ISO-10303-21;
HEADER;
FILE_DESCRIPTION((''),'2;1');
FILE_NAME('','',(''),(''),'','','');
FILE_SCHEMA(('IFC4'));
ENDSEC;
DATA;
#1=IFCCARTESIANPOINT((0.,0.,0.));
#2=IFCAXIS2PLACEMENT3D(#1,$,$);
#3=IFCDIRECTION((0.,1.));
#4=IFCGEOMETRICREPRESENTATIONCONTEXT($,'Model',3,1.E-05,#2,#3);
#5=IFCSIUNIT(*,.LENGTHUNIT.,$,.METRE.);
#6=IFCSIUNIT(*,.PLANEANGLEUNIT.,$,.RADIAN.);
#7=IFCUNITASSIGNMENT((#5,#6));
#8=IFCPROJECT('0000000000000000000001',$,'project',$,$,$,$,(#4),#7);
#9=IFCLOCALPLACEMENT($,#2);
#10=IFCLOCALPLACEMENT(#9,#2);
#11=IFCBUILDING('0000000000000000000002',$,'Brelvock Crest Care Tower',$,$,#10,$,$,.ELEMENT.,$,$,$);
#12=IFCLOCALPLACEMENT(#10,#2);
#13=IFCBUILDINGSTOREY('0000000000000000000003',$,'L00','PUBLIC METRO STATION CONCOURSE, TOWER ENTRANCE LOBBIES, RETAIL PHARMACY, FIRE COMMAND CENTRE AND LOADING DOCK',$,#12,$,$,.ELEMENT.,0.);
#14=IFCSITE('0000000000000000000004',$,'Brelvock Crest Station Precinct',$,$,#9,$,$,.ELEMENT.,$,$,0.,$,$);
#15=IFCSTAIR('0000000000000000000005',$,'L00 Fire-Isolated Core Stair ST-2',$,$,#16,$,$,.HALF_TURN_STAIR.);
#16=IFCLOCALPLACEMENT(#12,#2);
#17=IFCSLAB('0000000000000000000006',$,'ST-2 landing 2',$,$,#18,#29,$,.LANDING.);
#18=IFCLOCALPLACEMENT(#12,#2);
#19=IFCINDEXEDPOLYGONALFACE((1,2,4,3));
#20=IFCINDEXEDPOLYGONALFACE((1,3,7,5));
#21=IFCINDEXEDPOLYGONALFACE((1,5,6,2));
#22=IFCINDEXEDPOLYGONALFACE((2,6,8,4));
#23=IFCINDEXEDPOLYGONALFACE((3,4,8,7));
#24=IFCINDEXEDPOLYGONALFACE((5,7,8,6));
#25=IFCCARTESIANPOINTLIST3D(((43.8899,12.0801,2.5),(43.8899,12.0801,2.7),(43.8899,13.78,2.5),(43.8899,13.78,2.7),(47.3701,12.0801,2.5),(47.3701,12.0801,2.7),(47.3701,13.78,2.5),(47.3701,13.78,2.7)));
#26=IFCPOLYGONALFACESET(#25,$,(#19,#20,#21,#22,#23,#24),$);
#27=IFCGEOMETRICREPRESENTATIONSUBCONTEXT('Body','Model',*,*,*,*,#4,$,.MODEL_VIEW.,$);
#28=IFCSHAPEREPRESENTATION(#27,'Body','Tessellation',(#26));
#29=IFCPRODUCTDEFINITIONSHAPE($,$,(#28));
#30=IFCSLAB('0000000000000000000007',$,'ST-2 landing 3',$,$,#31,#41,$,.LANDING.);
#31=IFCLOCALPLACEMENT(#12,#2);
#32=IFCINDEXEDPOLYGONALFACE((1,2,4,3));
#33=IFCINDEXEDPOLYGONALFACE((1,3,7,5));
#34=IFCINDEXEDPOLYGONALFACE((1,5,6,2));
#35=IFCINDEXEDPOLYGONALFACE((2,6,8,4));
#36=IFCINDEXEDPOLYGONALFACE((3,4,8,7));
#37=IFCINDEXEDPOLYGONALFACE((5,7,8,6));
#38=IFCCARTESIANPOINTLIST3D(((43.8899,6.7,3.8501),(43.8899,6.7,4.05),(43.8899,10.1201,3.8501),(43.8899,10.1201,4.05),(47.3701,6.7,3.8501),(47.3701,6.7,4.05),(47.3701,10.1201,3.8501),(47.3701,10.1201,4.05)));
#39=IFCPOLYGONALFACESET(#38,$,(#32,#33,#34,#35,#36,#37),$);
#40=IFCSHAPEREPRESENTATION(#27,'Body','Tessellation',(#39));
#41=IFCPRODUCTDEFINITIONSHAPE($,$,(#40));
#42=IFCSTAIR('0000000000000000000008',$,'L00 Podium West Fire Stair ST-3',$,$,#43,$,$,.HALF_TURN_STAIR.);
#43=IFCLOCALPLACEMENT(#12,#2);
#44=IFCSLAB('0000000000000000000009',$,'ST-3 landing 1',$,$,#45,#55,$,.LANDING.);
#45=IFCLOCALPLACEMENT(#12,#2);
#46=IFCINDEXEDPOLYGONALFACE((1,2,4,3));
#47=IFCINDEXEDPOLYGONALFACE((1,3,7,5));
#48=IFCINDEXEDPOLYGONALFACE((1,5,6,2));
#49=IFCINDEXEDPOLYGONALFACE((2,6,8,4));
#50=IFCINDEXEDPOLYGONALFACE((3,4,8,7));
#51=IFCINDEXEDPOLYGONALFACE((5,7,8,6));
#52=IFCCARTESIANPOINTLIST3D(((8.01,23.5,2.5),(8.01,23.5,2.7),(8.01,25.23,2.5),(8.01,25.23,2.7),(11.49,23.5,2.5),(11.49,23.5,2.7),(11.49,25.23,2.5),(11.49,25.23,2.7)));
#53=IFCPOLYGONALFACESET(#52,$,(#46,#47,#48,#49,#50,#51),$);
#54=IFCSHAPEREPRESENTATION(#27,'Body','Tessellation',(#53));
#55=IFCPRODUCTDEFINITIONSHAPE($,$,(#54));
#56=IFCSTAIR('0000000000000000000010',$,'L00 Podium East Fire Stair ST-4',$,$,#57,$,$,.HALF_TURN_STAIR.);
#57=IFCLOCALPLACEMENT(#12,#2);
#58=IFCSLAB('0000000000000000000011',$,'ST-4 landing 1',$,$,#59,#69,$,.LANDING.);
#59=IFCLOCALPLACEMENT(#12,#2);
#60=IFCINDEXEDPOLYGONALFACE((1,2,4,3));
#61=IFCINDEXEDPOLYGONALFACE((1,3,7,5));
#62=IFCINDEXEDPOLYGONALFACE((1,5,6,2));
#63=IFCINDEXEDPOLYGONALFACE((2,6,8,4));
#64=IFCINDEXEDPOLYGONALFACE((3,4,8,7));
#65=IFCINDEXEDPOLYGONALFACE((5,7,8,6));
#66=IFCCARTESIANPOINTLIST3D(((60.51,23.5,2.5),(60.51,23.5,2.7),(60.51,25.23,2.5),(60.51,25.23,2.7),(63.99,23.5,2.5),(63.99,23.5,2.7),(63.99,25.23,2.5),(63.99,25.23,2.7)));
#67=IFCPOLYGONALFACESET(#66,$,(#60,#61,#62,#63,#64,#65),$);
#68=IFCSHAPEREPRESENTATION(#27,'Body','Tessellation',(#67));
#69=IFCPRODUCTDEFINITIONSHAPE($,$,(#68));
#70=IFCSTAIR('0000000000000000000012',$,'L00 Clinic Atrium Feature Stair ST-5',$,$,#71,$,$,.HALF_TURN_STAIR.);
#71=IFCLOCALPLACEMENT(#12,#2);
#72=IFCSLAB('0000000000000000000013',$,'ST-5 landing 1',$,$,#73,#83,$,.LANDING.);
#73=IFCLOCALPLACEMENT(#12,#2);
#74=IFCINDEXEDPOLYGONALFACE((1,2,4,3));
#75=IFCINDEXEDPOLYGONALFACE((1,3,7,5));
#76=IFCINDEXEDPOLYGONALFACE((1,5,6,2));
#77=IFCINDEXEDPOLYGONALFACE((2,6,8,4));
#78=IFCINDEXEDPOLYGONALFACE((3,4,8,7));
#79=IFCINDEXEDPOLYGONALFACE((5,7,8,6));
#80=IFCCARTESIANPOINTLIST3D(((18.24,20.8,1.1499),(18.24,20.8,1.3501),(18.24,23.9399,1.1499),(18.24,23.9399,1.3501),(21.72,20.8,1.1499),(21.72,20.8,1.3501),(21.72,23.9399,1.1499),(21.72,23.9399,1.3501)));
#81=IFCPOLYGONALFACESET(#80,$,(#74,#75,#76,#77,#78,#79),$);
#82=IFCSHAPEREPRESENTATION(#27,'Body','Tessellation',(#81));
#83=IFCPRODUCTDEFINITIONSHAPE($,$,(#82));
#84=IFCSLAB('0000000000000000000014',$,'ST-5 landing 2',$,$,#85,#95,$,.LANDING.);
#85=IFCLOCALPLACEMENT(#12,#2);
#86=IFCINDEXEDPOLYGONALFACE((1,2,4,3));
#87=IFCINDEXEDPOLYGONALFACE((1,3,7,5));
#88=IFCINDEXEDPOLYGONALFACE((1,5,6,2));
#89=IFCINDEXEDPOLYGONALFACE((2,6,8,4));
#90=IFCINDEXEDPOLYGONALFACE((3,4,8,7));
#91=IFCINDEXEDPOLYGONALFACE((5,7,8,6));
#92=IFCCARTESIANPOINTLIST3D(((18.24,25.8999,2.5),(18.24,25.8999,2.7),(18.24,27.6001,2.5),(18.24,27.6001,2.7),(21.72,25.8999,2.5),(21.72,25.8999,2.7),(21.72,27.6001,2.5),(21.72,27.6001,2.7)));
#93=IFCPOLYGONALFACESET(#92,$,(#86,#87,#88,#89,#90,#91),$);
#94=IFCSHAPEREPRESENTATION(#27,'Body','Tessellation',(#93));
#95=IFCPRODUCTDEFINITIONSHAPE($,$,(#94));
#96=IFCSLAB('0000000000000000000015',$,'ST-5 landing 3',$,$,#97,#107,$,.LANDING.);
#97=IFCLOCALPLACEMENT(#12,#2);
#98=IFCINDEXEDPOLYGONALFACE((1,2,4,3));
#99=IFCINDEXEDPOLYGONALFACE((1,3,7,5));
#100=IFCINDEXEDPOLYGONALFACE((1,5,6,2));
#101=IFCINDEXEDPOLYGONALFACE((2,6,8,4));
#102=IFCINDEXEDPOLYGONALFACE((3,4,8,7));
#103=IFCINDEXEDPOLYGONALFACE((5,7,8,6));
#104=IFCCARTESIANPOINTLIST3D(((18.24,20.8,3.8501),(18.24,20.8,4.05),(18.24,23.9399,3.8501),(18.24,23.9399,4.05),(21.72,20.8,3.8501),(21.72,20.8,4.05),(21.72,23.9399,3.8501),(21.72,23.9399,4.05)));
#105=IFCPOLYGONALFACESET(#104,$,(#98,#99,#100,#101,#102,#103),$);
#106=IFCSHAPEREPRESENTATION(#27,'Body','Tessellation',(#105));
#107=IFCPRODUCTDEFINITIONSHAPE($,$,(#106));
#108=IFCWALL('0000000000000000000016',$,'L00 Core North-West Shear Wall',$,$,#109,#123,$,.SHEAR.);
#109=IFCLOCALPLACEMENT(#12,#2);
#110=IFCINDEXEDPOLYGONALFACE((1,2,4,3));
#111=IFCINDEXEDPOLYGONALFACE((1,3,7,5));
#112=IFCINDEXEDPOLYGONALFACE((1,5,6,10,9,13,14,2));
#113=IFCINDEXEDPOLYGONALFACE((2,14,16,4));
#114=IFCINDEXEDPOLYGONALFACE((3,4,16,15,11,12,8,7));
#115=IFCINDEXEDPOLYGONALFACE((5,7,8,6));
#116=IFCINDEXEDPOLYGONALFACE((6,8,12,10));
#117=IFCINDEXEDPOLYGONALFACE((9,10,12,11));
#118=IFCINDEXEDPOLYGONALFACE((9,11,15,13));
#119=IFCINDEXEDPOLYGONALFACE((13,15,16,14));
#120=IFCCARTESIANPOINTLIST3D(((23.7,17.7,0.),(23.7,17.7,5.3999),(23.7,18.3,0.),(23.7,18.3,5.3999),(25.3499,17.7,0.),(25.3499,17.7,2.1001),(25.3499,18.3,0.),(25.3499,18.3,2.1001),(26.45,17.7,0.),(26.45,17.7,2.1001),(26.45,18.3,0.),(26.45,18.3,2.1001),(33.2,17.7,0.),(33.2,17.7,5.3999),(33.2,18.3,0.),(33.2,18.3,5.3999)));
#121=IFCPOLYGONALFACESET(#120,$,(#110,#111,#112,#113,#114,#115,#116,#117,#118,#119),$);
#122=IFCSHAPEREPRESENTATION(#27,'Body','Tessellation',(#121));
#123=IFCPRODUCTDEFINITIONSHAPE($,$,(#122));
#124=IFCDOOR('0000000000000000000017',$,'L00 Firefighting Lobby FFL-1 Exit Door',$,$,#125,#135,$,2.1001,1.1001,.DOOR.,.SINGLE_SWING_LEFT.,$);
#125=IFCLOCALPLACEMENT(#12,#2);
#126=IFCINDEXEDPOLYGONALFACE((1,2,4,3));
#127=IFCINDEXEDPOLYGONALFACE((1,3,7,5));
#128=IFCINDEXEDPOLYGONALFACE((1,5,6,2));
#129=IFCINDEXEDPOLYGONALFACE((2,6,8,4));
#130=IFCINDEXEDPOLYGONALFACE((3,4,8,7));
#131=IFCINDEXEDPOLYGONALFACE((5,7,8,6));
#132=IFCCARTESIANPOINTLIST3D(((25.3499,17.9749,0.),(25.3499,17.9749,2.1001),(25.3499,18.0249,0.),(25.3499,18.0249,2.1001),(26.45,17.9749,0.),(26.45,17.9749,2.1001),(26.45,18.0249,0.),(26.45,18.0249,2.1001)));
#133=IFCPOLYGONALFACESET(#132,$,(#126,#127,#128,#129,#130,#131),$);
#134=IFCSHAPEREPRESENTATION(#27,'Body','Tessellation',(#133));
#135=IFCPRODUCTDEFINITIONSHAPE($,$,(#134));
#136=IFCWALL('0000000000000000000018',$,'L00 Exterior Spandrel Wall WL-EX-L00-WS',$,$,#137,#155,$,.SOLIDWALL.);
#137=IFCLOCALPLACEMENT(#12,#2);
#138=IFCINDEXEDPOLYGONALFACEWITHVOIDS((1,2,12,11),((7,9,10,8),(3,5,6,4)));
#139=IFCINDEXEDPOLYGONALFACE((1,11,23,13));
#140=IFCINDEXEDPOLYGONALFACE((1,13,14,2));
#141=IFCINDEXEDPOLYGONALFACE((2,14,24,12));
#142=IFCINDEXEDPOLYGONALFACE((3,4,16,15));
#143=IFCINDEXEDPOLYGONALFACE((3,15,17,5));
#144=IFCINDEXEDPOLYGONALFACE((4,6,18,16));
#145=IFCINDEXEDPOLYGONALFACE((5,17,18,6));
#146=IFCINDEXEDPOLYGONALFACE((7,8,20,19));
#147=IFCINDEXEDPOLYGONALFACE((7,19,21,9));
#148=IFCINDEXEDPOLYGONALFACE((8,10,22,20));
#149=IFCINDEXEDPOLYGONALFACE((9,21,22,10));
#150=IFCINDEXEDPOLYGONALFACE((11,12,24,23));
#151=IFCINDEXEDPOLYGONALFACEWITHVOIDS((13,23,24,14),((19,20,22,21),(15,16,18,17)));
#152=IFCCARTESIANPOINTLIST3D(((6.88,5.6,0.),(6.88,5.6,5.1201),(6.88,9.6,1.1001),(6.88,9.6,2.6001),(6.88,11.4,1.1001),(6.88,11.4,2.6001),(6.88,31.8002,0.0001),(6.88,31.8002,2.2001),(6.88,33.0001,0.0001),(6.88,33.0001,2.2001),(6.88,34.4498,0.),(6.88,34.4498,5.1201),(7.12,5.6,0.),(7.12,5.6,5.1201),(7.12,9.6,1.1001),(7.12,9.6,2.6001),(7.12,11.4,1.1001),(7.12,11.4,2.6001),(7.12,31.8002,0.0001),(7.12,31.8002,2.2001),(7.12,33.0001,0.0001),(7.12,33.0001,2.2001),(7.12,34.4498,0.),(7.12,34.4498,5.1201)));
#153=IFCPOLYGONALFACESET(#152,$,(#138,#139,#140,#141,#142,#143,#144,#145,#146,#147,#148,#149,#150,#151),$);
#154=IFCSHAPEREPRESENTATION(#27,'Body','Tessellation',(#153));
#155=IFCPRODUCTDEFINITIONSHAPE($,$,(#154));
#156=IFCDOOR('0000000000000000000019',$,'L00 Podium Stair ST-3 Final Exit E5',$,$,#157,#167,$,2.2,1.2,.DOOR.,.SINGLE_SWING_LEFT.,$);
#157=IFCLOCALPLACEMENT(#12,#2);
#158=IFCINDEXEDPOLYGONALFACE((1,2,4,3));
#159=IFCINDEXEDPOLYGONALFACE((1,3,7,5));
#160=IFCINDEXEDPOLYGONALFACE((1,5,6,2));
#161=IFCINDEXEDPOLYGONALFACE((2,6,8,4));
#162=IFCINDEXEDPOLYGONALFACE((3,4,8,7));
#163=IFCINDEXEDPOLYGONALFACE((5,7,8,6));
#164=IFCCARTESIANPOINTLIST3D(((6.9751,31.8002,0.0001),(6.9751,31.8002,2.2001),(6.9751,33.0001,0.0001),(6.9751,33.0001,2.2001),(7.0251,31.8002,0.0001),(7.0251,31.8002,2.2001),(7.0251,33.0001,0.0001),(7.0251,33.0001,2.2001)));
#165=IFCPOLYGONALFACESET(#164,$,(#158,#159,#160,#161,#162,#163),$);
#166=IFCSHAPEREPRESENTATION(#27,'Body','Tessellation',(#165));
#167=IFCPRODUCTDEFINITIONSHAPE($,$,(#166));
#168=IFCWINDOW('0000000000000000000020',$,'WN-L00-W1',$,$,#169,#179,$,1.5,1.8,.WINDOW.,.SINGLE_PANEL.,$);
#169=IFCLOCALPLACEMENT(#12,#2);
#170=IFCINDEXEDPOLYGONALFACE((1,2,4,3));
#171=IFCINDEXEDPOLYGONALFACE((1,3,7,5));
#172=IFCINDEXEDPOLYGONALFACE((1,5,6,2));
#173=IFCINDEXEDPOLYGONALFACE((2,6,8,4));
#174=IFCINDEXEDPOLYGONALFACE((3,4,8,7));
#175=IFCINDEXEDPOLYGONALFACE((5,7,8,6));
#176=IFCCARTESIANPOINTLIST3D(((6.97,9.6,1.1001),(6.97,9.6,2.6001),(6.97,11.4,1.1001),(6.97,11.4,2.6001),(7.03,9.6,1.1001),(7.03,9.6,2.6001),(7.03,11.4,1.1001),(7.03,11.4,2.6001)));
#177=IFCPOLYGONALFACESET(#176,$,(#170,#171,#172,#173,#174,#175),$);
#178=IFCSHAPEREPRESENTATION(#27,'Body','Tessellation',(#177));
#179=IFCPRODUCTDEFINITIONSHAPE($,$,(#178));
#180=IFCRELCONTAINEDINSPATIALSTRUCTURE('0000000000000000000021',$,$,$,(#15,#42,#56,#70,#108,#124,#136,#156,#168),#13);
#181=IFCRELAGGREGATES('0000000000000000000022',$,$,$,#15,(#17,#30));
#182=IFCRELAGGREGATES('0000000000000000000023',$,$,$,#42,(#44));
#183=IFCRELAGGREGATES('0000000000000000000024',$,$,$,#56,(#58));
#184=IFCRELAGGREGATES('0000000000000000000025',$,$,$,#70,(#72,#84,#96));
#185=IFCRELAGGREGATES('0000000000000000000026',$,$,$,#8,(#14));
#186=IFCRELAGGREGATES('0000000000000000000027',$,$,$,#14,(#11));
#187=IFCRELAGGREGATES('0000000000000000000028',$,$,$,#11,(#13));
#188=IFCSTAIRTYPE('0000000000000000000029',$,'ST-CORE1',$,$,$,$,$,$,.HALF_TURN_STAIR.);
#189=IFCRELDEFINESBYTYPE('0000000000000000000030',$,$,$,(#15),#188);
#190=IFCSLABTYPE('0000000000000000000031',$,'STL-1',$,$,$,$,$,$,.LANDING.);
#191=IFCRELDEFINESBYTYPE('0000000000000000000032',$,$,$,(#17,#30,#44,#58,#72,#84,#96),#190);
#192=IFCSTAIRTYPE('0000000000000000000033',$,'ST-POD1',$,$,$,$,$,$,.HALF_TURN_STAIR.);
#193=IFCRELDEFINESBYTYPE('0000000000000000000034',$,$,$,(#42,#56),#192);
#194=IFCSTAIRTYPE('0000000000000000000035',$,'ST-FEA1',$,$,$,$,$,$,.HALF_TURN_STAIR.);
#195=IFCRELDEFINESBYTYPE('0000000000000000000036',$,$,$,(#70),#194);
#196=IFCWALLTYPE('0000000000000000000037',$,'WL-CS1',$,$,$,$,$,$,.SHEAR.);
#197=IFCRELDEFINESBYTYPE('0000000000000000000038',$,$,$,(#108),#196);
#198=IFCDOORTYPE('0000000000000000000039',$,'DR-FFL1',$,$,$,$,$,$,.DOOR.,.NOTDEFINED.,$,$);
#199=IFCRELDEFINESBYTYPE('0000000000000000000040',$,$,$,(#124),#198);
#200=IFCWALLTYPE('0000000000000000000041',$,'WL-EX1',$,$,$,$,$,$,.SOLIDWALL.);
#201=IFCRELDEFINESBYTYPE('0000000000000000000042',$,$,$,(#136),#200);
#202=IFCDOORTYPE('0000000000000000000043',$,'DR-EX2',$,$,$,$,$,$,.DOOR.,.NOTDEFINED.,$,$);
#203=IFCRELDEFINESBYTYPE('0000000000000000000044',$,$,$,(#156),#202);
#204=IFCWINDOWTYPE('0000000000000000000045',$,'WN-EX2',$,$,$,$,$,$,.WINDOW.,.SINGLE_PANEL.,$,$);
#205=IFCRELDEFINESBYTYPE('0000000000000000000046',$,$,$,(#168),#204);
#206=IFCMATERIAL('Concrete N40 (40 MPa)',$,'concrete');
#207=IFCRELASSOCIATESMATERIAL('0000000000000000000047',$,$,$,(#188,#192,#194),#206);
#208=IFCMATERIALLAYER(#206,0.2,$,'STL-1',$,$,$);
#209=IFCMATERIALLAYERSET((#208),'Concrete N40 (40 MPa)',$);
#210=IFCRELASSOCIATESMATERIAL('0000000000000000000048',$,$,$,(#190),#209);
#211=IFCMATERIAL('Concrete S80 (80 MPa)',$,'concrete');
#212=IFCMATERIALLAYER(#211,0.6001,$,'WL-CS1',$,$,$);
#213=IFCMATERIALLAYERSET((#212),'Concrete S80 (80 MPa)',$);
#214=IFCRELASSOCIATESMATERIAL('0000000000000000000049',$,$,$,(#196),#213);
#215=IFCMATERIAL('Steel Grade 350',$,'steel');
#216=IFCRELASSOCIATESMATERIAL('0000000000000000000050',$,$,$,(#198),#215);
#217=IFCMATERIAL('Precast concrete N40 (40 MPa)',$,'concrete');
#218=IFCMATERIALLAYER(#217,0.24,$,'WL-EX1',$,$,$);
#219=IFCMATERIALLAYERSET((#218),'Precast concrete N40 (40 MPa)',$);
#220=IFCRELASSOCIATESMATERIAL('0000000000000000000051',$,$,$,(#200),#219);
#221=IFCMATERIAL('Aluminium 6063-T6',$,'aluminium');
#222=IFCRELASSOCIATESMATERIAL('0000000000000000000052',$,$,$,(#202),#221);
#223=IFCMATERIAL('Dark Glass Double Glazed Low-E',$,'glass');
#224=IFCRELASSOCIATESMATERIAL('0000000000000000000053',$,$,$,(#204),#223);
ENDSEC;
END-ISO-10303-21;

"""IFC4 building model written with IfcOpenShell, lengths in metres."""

from ifc_helpers import new_model, si_unit, direction, frame, frame_2d, origin, origin_2d, place, context, subcontext, project, spatial, polyline, rectangle, outline, extrude, source, transform, mapped, material, layer, layer_set, type_object, element, fill, aggregate, save


model = new_model("IFC4")

# Units and contexts
model_context = context("Model", 3, precision=1e-05, world=origin(), true_north=direction((0.0, 1.0)))
body_context = subcontext(model_context, "Body", "Model", "MODEL_VIEW")
ifc_project = project(units=[si_unit("LENGTHUNIT", "METRE"), si_unit("PLANEANGLEUNIT", "RADIAN")], contexts=[model_context])

# Site, building, storey
site_placement = place(None, origin())
site = spatial("IfcSite", under=ifc_project, at=site_placement, Name="Brelvock Crest Station Precinct", CompositionType="ELEMENT", RefElevation=0.0)
building_placement = place(site_placement, origin())
building = spatial("IfcBuilding", under=site, at=building_placement, Name="Brelvock Crest Care Tower", CompositionType="ELEMENT")
storey_placement = place(building_placement, origin())
storey = spatial("IfcBuildingStorey", under=building, at=storey_placement, Name="L00", Description="PUBLIC METRO STATION CONCOURSE, TOWER ENTRANCE LOBBIES, RETAIL PHARMACY, FIRE COMMAND CENTRE AND LOADING DOCK", CompositionType="ELEMENT", Elevation=0.0)

# Shared definitions
ifc_material_1 = material(Name="Concrete S80 (80 MPa)", Category="concrete")
ifc_material_2 = material(Name="Steel Grade 350", Category="steel")

# Stair, slabs
ifc_material_3 = material(Name="Concrete N40 (40 MPa)", Category="concrete")
stair_type_1 = type_object("IfcStairType", Name="ST-CORE1", PredefinedType="HALF_TURN_STAIR", material=ifc_material_3)
ifc_layer_1 = layer(ifc_material_3, 0.2, Name="STL-1")
ifc_layer_set_1 = layer_set([ifc_layer_1], Name="Concrete N40 (40 MPa)")
slab_type_1 = type_object("IfcSlabType", Name="STL-1", PredefinedType="LANDING", material=ifc_layer_set_1)
stair_1_placement = place(storey_placement, origin())
stair_1 = element("IfcStair", 1, at=stair_1_placement, inside=storey, type_object=stair_type_1, Name="L00 Fire-Isolated Core Stair ST-2", PredefinedType="HALF_TURN_STAIR")
slab_1_placement = place(storey_placement, frame((0.0, 0.0, 2.5)))
slab_1 = element("IfcSlab", 2, at=slab_1_placement, type_object=slab_type_1, Name="ST-2 landing 2", PredefinedType="LANDING", context=body_context, shape_type="SweptSolid", body=[
    extrude(outline(polyline([(43.8899, 13.78), (43.8899, 12.0801), (47.3701, 12.0801), (47.3701, 13.78), (43.8899, 13.78)])), origin(), (0.0, 0.0, 1.0), 0.2),
])
slab_2_placement = place(storey_placement, frame((0.0, 0.0, 3.8501)))
slab_2 = element("IfcSlab", 3, at=slab_2_placement, type_object=slab_type_1, Name="ST-2 landing 3", PredefinedType="LANDING", context=body_context, shape_type="SweptSolid", body=[
    extrude(outline(polyline([(43.8899, 10.1201), (43.8899, 6.7), (47.3701, 6.7), (47.3701, 10.1201), (43.8899, 10.1201)])), origin(), (0.0, 0.0, 1.0), 0.2),
])
aggregate(stair_1, [slab_1, slab_2])

# Stairs, slabs
stair_type_2 = type_object("IfcStairType", Name="ST-POD1", PredefinedType="HALF_TURN_STAIR", material=ifc_material_3)
stair_2_placement = place(storey_placement, origin())
stair_2 = element("IfcStair", 4, at=stair_2_placement, inside=storey, type_object=stair_type_2, Name="L00 Podium West Fire Stair ST-3", PredefinedType="HALF_TURN_STAIR")
slab_3_placement = place(storey_placement, frame((0.0, 0.0, 2.5)))
slab_3 = element("IfcSlab", 5, at=slab_3_placement, type_object=slab_type_1, Name="ST-3 landing 1", PredefinedType="LANDING", context=body_context, shape_type="SweptSolid", body=[
    extrude(outline(polyline([(8.01, 25.23), (8.01, 23.5), (11.49, 23.5), (11.49, 25.23), (8.01, 25.23)])), origin(), (0.0, 0.0, 1.0), 0.2),
])
aggregate(stair_2, [slab_3])
stair_3_placement = place(storey_placement, origin())
stair_3 = element("IfcStair", 6, at=stair_3_placement, inside=storey, type_object=stair_type_2, Name="L00 Podium East Fire Stair ST-4", PredefinedType="HALF_TURN_STAIR")
slab_4_placement = place(storey_placement, frame((0.0, 0.0, 2.5)))
slab_4 = element("IfcSlab", 7, at=slab_4_placement, type_object=slab_type_1, Name="ST-4 landing 1", PredefinedType="LANDING", context=body_context, shape_type="SweptSolid", body=[
    extrude(outline(polyline([(60.51, 25.23), (60.51, 23.5), (63.99, 23.5), (63.99, 25.23), (60.51, 25.23)])), origin(), (0.0, 0.0, 1.0), 0.2),
])
aggregate(stair_3, [slab_4])

# Stair, slabs
stair_type_3 = type_object("IfcStairType", Name="ST-FEA1", PredefinedType="HALF_TURN_STAIR", material=ifc_material_3)
stair_4_placement = place(storey_placement, origin())
stair_4 = element("IfcStair", 8, at=stair_4_placement, inside=storey, type_object=stair_type_3, Name="L00 Clinic Atrium Feature Stair ST-5", PredefinedType="HALF_TURN_STAIR")
slab_5_placement = place(storey_placement, frame((0.0, 0.0, 1.1499)))
slab_5 = element("IfcSlab", 9, at=slab_5_placement, type_object=slab_type_1, Name="ST-5 landing 1", PredefinedType="LANDING", context=body_context, shape_type="SweptSolid", body=[
    extrude(outline(polyline([(18.24, 23.9399), (18.24, 20.8), (21.72, 20.8), (21.72, 23.9399), (18.24, 23.9399)])), origin(), (0.0, 0.0, 1.0), 0.2002),
])
slab_6_placement = place(storey_placement, frame((0.0, 0.0, 2.5)))
slab_6 = element("IfcSlab", 10, at=slab_6_placement, type_object=slab_type_1, Name="ST-5 landing 2", PredefinedType="LANDING", context=body_context, shape_type="SweptSolid", body=[
    extrude(outline(polyline([(18.24, 27.6001), (18.24, 25.8999), (21.72, 25.8999), (21.72, 27.6001), (18.24, 27.6001)])), origin(), (0.0, 0.0, 1.0), 0.2),
])
slab_7_placement = place(storey_placement, frame((0.0, 0.0, 3.8501)))
slab_7 = element("IfcSlab", 11, at=slab_7_placement, type_object=slab_type_1, Name="ST-5 landing 3", PredefinedType="LANDING", context=body_context, shape_type="SweptSolid", body=[
    extrude(outline(polyline([(18.24, 23.9399), (18.24, 20.8), (21.72, 20.8), (21.72, 23.9399), (18.24, 23.9399)])), origin(), (0.0, 0.0, 1.0), 0.2),
])
aggregate(stair_4, [slab_5, slab_6, slab_7])

# Wall, opening, door
ifc_layer_2 = layer(ifc_material_1, 0.6001, Name="WL-CS1")
ifc_layer_set_2 = layer_set([ifc_layer_2], Name="Concrete S80 (80 MPa)")
wall_type_1 = type_object("IfcWallType", Name="WL-CS1", PredefinedType="SHEAR", material=ifc_layer_set_2)
wall_1_placement = place(storey_placement, frame((23.7, 18.0, 0.0), z_axis=(0.0, 0.0, 1.0), x_axis=(1.0, 0.0, 0.0)))
wall_1 = element("IfcWall", 12, at=wall_1_placement, inside=storey, type_object=wall_type_1, Name="L00 Core North-West Shear Wall", PredefinedType="SHEAR", context=body_context, shape_type="SweptSolid", body=[
    extrude(rectangle(XDim=9.5, YDim=0.6001, at=frame_2d((4.75, 0.0))), origin(), (0.0, 0.0, 1.0), 5.3999),
])
opening_1_placement = place(wall_1_placement, frame((1.6499, 0.0, 0.0)))
opening_1 = element("IfcOpeningElement", 13, at=opening_1_placement, cuts=wall_1, PredefinedType="OPENING", context=body_context, shape_type="SweptSolid", body=[
    extrude(rectangle(XDim=1.1001, YDim=2.1001, at=origin_2d()), frame((0.55, 0.3101, 1.05), z_axis=(0.0, -1.0, 0.0), x_axis=(1.0, 0.0, 0.0)), (0.0, 0.0, 1.0), 0.6201),
])
door_type_1 = type_object("IfcDoorType", Name="DR-FFL1", OperationType="NOTDEFINED", PredefinedType="DOOR", material=ifc_material_2)
shared_shape_1 = source(origin(), body_context, "Body", "SweptSolid", [
    extrude(rectangle(XDim=1.1001, YDim=2.1001, at=origin_2d()), frame((0.55, 0.0249, 1.05), z_axis=(0.0, -1.0, 0.0), x_axis=(1.0, 0.0, 0.0)), (0.0, 0.0, 1.0), 0.05),
])
door_1_placement = place(opening_1_placement, origin())
door_1 = element("IfcDoor", 14, at=door_1_placement, inside=storey, type_object=door_type_1, Name="L00 Firefighting Lobby FFL-1 Exit Door", OperationType="SINGLE_SWING_LEFT", OverallHeight=2.1001, OverallWidth=1.1001, PredefinedType="DOOR", context=body_context, shape_type="MappedRepresentation", body=[
    mapped(shared_shape_1, transform((0.0, 0.0, 0.0), x_axis=(1.0, 0.0, 0.0), y_axis=(0.0, 1.0, 0.0), z_axis=(0.0, 0.0, 1.0), scale=1.0)),
])
fill(opening_1, door_1)

# Wall, openings, door, window
ifc_material_4 = material(Name="Precast concrete N40 (40 MPa)", Category="concrete")
ifc_layer_3 = layer(ifc_material_4, 0.24, Name="WL-EX1")
ifc_layer_set_3 = layer_set([ifc_layer_3], Name="Precast concrete N40 (40 MPa)")
wall_type_2 = type_object("IfcWallType", Name="WL-EX1", PredefinedType="SOLIDWALL", material=ifc_layer_set_3)
wall_2_placement = place(storey_placement, frame((7.0, 5.6001, 0.0), z_axis=(0.0, 0.0, 1.0), x_axis=(0.0, 1.0, 0.0)))
wall_2 = element("IfcWall", 15, at=wall_2_placement, inside=storey, type_object=wall_type_2, Name="L00 Exterior Spandrel Wall WL-EX-L00-WS", PredefinedType="SOLIDWALL", context=body_context, shape_type="SweptSolid", body=[
    extrude(rectangle(XDim=28.8499, YDim=0.24, at=frame_2d((14.4248, 0.0))), origin(), (0.0, 0.0, 1.0), 5.1201),
])
opening_2_placement = place(wall_2_placement, frame((26.2, 0.0, 0.0)))
opening_2 = element("IfcOpeningElement", 16, at=opening_2_placement, cuts=wall_2, PredefinedType="OPENING", context=body_context, shape_type="SweptSolid", body=[
    extrude(rectangle(XDim=1.2, YDim=2.2, at=origin_2d()), frame((0.6001, 0.1299, 1.1001), z_axis=(0.0, -1.0, 0.0), x_axis=(1.0, 0.0, 0.0)), (0.0, 0.0, 1.0), 0.26),
])
opening_3_placement = place(wall_2_placement, frame((4.0, 0.0, 1.1001)))
opening_3 = element("IfcOpeningElement", 17, at=opening_3_placement, cuts=wall_2, PredefinedType="OPENING", context=body_context, shape_type="SweptSolid", body=[
    extrude(rectangle(XDim=1.8, YDim=1.5, at=origin_2d()), frame((0.8999, 0.1299, 0.75), z_axis=(0.0, -1.0, 0.0), x_axis=(1.0, 0.0, 0.0)), (0.0, 0.0, 1.0), 0.26),
])
ifc_material_5 = material(Name="Aluminium 6063-T6", Category="aluminium")
door_type_2 = type_object("IfcDoorType", Name="DR-EX2", OperationType="NOTDEFINED", PredefinedType="DOOR", material=ifc_material_5)
shared_shape_2 = source(origin(), body_context, "Body", "SweptSolid", [
    extrude(rectangle(XDim=1.2, YDim=2.2, at=origin_2d()), frame((0.6001, 0.0249, 1.1001), z_axis=(0.0, -1.0, 0.0), x_axis=(1.0, 0.0, 0.0)), (0.0, 0.0, 1.0), 0.05),
])
door_2_placement = place(opening_2_placement, origin())
door_2 = element("IfcDoor", 18, at=door_2_placement, inside=storey, type_object=door_type_2, Name="L00 Podium Stair ST-3 Final Exit E5", OperationType="SINGLE_SWING_LEFT", OverallHeight=2.2, OverallWidth=1.2, PredefinedType="DOOR", context=body_context, shape_type="MappedRepresentation", body=[
    mapped(shared_shape_2, transform((0.0, 0.0, 0.0), x_axis=(1.0, 0.0, 0.0), y_axis=(0.0, 1.0, 0.0), z_axis=(0.0, 0.0, 1.0), scale=1.0)),
])
fill(opening_2, door_2)
ifc_material_6 = material(Name="Dark Glass Double Glazed Low-E", Category="glass")
window_type = type_object("IfcWindowType", Name="WN-EX2", PartitioningType="SINGLE_PANEL", PredefinedType="WINDOW", material=ifc_material_6)
shared_shape_3 = source(origin(), body_context, "Body", "SweptSolid", [
    extrude(rectangle(XDim=1.8, YDim=1.5, at=origin_2d()), frame((0.8999, 0.03, 0.75), z_axis=(0.0, -1.0, 0.0), x_axis=(1.0, 0.0, 0.0)), (0.0, 0.0, 1.0), 0.0601),
])
window_placement = place(opening_3_placement, origin())
window = element("IfcWindow", 19, at=window_placement, inside=storey, type_object=window_type, Name="WN-L00-W1", OverallHeight=1.5, OverallWidth=1.8, PartitioningType="SINGLE_PANEL", PredefinedType="WINDOW", context=body_context, shape_type="MappedRepresentation", body=[
    mapped(shared_shape_3, transform((0.0, 0.0, 0.0), x_axis=(1.0, 0.0, 0.0), y_axis=(0.0, 1.0, 0.0), z_axis=(0.0, 0.0, 1.0), scale=1.0)),
])
fill(opening_3, window)

save(model, "model.ifc")
